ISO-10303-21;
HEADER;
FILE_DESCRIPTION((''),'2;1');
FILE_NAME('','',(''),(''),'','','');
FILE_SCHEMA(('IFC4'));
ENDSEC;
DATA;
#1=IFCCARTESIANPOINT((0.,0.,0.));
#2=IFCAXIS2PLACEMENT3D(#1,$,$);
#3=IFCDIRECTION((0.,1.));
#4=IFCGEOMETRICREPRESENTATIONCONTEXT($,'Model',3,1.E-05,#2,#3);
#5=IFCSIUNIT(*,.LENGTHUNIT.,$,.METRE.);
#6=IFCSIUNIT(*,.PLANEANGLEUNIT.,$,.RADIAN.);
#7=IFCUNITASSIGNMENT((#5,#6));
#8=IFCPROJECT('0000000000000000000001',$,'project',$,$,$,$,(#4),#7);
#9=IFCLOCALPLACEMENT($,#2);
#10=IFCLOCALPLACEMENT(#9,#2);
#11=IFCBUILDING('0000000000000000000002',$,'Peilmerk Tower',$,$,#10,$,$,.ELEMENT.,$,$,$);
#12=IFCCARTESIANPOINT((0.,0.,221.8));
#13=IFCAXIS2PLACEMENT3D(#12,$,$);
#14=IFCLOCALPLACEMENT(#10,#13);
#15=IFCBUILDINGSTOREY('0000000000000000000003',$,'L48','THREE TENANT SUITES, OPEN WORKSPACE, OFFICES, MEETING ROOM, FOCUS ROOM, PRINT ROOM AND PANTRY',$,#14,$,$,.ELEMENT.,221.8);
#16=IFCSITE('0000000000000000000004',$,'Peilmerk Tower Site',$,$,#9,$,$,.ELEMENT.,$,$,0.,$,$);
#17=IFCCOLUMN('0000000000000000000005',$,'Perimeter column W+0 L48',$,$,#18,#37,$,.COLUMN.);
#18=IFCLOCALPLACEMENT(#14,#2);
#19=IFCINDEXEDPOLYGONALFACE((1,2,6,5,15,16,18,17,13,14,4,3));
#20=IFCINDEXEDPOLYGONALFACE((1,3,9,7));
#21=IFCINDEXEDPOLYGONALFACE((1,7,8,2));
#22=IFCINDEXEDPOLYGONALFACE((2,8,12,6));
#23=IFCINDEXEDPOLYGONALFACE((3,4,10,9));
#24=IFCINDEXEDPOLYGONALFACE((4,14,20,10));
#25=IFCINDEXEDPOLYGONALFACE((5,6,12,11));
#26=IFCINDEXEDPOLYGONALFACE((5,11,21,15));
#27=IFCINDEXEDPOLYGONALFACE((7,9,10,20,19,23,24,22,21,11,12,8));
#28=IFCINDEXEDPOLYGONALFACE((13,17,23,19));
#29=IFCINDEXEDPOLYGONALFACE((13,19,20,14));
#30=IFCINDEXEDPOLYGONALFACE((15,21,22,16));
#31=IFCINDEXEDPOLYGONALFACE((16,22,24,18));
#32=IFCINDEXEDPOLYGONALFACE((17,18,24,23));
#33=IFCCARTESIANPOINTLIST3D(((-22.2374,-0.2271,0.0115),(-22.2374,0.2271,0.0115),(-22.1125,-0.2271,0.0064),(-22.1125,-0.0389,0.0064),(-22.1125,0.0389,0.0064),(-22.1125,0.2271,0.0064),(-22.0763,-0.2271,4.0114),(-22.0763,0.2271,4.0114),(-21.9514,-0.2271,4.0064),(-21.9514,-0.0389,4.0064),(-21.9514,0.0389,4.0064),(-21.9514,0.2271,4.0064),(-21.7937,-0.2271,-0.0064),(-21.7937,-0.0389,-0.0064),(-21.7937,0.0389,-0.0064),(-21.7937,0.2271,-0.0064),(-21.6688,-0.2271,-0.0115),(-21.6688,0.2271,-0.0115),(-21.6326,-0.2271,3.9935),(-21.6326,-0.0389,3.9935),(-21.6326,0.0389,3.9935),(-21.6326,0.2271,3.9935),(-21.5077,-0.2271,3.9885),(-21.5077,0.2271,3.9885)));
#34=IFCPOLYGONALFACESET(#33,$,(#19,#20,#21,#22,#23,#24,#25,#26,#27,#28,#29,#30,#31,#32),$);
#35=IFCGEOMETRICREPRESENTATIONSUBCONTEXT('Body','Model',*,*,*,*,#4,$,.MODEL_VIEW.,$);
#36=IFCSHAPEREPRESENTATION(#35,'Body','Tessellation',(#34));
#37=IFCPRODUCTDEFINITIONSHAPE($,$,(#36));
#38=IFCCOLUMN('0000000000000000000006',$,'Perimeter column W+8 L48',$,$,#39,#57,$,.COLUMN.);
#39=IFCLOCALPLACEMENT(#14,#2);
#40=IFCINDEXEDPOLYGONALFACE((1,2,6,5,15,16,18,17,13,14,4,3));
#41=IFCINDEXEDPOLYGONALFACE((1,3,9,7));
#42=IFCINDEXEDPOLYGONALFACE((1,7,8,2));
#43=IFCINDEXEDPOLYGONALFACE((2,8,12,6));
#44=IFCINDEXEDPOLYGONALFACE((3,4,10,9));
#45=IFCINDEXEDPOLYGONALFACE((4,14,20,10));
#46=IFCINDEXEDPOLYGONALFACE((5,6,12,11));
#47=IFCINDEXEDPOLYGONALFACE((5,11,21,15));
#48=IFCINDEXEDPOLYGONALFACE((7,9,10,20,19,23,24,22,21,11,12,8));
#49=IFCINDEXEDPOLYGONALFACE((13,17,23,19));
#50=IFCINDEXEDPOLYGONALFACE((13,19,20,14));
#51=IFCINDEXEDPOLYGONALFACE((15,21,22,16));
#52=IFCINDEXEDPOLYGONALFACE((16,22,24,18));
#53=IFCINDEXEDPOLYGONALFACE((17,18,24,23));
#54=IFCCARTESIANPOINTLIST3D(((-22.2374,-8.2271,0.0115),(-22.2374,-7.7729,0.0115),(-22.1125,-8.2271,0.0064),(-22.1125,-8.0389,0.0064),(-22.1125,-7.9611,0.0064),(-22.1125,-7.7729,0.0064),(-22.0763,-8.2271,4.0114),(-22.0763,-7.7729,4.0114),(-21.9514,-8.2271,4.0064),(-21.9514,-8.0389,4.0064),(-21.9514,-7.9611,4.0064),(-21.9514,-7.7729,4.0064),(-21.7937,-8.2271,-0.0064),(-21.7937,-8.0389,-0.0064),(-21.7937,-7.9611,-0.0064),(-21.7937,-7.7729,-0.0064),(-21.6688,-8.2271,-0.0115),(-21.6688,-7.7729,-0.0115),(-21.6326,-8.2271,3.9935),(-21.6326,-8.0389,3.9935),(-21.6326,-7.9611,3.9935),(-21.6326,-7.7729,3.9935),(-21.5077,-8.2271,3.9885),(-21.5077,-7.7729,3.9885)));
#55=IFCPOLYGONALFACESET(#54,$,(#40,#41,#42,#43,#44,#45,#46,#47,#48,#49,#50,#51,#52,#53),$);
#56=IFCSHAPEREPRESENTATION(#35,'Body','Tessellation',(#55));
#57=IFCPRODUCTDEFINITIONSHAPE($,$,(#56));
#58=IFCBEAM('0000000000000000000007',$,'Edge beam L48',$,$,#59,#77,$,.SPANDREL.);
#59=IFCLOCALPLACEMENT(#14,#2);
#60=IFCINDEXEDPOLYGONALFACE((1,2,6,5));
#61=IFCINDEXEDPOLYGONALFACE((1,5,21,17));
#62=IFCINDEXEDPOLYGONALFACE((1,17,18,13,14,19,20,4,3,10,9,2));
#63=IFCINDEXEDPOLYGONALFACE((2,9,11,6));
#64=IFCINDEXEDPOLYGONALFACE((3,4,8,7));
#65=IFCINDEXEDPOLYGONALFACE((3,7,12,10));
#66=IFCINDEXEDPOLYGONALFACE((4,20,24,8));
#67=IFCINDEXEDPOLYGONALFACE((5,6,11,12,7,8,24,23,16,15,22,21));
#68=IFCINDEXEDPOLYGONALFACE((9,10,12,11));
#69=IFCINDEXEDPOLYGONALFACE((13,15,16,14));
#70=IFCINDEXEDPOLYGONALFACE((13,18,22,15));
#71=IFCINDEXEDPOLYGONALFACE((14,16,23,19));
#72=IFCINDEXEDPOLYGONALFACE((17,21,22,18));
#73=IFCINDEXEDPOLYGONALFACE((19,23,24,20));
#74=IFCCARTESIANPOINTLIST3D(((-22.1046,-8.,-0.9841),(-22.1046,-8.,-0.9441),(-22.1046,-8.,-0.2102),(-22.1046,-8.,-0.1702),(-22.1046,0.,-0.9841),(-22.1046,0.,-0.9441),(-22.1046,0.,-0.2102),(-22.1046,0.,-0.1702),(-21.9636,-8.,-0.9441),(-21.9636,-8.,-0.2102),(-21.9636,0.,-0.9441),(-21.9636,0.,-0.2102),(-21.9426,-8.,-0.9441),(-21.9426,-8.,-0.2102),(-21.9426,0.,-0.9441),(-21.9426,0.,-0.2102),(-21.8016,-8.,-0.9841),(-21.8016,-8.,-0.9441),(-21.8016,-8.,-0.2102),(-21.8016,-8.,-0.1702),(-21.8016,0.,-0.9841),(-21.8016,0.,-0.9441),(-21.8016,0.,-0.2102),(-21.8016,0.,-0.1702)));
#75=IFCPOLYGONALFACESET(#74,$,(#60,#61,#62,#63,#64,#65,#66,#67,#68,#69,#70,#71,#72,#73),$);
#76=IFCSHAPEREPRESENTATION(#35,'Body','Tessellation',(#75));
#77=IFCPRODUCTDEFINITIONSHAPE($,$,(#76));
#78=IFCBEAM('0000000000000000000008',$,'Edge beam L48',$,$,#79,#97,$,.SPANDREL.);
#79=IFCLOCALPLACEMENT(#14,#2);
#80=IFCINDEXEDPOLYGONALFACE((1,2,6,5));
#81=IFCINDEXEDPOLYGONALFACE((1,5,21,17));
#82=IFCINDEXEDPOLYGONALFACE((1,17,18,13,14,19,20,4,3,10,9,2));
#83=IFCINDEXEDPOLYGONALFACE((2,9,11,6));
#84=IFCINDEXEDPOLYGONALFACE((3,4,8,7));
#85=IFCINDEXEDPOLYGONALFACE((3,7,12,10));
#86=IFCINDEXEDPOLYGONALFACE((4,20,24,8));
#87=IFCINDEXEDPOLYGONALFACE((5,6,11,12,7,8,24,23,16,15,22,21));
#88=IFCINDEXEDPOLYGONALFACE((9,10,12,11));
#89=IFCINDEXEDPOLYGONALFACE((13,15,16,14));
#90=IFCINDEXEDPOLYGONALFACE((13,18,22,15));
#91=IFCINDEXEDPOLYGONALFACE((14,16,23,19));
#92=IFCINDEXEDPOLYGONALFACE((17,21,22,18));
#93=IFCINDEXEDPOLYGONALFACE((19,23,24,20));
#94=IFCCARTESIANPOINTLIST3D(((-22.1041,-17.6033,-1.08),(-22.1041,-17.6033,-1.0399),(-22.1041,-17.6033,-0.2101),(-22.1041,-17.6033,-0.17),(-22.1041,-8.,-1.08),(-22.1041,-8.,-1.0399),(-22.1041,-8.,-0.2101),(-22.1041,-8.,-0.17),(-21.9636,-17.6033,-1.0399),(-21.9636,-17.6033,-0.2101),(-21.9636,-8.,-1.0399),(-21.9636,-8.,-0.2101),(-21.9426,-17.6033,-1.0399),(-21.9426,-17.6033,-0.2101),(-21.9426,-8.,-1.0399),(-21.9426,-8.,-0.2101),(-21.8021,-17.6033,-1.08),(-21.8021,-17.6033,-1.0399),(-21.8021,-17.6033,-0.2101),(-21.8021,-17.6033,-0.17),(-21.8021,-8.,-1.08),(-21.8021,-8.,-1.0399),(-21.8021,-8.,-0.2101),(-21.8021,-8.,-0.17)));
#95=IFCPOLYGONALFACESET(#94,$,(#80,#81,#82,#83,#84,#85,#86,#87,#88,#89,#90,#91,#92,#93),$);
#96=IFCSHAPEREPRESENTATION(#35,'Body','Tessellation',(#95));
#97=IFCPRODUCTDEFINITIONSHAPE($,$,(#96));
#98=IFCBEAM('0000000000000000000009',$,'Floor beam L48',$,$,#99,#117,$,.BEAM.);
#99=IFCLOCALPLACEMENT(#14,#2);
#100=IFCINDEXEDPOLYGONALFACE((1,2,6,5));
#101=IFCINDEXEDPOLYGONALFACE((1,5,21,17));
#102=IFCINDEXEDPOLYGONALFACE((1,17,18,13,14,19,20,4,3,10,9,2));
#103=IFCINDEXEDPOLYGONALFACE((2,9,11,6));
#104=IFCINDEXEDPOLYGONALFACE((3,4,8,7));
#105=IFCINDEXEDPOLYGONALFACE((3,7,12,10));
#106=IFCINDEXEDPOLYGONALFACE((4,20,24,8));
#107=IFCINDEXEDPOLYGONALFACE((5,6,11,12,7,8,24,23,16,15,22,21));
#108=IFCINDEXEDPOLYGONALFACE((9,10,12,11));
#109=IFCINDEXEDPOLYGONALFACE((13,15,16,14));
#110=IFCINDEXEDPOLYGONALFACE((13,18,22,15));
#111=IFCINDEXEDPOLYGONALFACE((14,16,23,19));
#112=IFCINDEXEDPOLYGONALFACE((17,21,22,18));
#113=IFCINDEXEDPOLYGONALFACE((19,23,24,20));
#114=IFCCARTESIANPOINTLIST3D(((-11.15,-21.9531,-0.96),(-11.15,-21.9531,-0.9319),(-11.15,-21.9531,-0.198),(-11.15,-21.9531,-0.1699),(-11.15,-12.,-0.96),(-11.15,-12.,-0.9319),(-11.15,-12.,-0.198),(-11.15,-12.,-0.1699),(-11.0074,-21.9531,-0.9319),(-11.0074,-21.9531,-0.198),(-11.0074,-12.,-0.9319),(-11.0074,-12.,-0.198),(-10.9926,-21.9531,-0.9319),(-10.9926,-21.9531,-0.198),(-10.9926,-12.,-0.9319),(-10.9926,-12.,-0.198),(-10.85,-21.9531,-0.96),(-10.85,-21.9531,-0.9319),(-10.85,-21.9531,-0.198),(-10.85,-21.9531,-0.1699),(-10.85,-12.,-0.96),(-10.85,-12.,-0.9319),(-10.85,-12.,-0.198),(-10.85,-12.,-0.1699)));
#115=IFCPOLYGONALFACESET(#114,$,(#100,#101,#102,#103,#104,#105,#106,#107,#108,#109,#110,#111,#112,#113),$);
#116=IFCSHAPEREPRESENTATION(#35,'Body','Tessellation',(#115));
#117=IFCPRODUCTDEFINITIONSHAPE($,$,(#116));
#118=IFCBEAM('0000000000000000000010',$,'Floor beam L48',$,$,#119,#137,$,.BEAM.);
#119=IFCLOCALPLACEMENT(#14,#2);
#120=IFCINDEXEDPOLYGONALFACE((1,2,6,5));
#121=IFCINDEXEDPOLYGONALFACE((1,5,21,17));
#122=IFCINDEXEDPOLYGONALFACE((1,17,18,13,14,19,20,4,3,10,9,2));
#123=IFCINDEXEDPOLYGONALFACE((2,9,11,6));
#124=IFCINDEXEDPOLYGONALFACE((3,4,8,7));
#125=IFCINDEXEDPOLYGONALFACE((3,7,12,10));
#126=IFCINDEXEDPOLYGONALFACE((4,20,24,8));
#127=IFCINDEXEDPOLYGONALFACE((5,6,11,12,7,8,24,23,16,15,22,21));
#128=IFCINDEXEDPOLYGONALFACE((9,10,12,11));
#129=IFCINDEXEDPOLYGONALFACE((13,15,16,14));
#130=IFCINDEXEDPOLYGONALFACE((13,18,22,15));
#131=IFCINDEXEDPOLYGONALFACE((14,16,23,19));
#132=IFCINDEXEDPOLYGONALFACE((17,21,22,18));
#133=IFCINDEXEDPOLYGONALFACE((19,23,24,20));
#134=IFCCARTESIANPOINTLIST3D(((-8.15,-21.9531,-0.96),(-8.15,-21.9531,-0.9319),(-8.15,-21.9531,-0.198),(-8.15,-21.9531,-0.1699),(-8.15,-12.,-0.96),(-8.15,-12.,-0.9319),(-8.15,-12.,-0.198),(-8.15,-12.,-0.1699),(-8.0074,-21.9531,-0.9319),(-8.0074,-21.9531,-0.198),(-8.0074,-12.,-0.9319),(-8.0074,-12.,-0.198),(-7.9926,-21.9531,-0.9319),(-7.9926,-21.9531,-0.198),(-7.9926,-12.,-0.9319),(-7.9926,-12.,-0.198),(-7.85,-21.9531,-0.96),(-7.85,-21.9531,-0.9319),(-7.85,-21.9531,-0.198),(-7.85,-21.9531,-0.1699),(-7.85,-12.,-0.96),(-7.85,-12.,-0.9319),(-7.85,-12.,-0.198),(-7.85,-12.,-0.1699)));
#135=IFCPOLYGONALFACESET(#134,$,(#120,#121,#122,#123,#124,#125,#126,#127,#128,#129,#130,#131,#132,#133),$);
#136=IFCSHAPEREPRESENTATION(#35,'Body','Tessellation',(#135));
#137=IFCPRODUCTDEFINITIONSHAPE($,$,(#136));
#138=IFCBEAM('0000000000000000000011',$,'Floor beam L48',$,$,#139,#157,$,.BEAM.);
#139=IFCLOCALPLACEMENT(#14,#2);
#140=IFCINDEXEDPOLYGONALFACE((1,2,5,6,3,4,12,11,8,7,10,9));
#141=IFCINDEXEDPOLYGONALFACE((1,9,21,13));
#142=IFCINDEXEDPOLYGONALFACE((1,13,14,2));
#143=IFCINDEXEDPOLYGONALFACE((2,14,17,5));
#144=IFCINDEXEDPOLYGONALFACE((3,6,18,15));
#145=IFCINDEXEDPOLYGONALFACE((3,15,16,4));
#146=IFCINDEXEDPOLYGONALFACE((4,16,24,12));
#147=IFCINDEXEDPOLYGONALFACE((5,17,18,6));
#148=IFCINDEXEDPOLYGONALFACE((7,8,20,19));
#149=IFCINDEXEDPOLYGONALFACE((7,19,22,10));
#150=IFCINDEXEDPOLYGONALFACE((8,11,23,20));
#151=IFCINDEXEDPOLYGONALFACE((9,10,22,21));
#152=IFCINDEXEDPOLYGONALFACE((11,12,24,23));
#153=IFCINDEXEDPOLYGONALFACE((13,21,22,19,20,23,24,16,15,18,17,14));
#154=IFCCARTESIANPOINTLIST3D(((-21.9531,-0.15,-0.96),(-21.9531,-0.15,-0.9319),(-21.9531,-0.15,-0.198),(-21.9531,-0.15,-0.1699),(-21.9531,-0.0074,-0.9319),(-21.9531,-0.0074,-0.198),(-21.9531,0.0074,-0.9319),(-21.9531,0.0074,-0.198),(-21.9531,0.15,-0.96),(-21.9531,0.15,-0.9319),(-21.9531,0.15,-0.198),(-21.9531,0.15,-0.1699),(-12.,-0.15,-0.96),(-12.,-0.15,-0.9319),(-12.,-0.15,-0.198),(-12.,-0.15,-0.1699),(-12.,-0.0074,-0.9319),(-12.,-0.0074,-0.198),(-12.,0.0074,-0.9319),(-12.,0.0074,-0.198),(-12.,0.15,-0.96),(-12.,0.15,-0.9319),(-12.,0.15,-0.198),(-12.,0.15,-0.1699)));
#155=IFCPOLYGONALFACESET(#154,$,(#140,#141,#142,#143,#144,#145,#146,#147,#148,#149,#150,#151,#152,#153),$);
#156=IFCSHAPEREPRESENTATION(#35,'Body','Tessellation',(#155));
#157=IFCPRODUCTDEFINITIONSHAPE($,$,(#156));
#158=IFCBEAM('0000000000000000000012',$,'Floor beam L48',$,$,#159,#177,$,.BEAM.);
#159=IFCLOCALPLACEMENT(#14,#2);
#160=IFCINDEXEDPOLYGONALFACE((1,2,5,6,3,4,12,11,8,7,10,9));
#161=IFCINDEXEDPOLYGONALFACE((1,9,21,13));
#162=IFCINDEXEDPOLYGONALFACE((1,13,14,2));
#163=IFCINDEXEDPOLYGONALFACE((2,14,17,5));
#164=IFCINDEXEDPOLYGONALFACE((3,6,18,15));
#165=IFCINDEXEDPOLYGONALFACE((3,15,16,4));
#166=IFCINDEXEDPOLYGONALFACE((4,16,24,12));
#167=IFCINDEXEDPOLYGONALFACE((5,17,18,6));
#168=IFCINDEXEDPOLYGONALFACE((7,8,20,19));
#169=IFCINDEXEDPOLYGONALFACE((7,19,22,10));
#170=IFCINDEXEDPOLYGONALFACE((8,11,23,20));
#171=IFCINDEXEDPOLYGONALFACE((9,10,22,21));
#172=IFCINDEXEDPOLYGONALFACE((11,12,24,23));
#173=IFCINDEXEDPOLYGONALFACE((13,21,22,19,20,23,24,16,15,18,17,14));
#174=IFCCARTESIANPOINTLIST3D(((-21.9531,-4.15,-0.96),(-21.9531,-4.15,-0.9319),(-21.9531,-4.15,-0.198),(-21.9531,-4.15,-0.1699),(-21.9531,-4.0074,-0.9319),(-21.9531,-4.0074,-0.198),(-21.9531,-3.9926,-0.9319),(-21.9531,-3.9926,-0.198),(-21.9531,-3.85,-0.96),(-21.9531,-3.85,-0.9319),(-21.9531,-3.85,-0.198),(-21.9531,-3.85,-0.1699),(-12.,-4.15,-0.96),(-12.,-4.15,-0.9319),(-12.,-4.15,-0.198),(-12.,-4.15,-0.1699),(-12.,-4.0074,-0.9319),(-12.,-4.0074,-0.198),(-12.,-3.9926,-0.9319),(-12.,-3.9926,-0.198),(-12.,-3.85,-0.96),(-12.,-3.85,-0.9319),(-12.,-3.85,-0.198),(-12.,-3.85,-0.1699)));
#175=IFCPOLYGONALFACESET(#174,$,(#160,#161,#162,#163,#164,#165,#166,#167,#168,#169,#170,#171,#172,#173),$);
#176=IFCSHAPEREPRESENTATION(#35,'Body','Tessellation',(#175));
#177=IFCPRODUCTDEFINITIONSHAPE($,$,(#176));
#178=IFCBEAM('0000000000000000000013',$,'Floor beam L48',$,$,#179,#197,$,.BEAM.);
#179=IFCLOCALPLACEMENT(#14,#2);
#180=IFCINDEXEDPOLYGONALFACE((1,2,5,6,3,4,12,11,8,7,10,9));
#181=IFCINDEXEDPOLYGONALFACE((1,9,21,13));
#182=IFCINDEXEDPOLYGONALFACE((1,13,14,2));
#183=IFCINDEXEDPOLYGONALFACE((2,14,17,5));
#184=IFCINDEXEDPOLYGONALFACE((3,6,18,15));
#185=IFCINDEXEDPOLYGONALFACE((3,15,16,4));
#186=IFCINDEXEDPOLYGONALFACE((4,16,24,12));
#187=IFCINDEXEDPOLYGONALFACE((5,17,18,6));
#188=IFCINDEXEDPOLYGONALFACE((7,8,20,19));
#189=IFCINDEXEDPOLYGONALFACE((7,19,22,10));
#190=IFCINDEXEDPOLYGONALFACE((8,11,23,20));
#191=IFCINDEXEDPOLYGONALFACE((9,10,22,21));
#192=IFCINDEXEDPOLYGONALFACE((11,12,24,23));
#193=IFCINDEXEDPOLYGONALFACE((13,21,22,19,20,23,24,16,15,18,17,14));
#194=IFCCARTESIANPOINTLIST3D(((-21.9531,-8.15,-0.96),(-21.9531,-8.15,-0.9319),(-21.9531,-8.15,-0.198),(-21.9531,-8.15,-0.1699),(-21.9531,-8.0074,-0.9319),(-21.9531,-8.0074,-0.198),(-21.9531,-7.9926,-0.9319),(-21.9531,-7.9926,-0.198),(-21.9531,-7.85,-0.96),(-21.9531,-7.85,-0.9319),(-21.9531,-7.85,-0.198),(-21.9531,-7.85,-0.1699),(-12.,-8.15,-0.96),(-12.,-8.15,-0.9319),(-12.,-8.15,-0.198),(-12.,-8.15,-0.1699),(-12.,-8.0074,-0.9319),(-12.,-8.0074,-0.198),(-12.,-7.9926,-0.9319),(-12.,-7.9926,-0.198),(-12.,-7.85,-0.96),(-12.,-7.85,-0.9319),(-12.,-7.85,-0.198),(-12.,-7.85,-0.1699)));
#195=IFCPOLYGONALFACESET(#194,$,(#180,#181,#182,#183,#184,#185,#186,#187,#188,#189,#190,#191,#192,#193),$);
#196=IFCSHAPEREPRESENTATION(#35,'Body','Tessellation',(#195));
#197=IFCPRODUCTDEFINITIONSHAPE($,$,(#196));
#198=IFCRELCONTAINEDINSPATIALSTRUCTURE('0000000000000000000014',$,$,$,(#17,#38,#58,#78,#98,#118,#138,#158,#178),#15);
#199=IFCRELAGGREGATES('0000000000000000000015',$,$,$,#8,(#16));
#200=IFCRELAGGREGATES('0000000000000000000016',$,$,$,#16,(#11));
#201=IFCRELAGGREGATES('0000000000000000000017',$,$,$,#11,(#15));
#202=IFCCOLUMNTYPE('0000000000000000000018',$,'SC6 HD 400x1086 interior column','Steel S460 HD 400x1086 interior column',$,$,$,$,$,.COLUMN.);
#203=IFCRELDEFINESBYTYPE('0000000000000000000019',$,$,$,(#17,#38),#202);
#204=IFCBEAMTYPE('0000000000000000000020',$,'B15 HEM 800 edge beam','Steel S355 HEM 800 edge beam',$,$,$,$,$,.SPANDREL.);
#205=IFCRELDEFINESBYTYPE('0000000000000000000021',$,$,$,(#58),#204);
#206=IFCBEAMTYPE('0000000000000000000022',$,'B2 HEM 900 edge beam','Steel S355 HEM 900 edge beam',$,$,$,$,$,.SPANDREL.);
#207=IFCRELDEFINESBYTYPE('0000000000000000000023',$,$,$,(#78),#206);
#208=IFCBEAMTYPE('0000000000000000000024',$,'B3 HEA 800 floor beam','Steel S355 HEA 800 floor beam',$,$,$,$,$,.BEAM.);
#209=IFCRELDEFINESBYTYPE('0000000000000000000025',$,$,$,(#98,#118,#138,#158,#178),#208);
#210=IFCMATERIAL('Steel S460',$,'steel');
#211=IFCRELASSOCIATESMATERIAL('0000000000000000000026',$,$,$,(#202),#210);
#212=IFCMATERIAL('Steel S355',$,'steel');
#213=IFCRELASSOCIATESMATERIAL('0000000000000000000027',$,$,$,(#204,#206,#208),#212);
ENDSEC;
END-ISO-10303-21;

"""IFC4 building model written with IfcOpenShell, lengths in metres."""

from ifc_helpers import new_model, si_unit, direction, frame, origin, origin_2d, place, context, subcontext, project, spatial, i_section, extrude, material, material_profile, profile_set, type_object, element, save


model = new_model("IFC4")

# Units and contexts
model_context = context("Model", 3, precision=1e-05, world=origin(), true_north=direction((0.0, 1.0)))
body_context = subcontext(model_context, "Body", "Model", "MODEL_VIEW")
ifc_project = project(units=[si_unit("LENGTHUNIT", "METRE"), si_unit("PLANEANGLEUNIT", "RADIAN")], contexts=[model_context])

# Site, building, storey
site_placement = place(None, origin())
site = spatial("IfcSite", under=ifc_project, at=site_placement, Name="Peilmerk Tower Site", CompositionType="ELEMENT", RefElevation=0.0)
building_placement = place(site_placement, origin())
building = spatial("IfcBuilding", under=site, at=building_placement, Name="Peilmerk Tower", CompositionType="ELEMENT")
storey_placement = place(building_placement, frame((0.0, 0.0, 221.8)))
storey = spatial("IfcBuildingStorey", under=building, at=storey_placement, Name="L48", Description="THREE TENANT SUITES, OPEN WORKSPACE, OFFICES, MEETING ROOM, FOCUS ROOM, PRINT ROOM AND PANTRY", CompositionType="ELEMENT", Elevation=221.8)

# Columns
ifc_material_1 = material(Name="Steel S460", Category="steel")
ifc_material_profile_1 = material_profile(ifc_material_1, i_section(OverallWidth=0.4541, OverallDepth=0.5691, WebThickness=0.0779, FlangeThickness=0.125, at=origin_2d()), Name="HD 400x1086")
ifc_profile_set_1 = profile_set([ifc_material_profile_1], Name="Steel S460")
column_type = type_object("IfcColumnType", Name="SC6 HD 400x1086 interior column", Description="Steel S460 HD 400x1086 interior column", PredefinedType="COLUMN", material=ifc_profile_set_1)
for number, where, z_axis, x_axis, name in (
    (1, (-21.9531, 0.0, 0.0), (0.040251, 0.0, 0.99919), (0.0, 1.0, 0.0), "Perimeter column W+0 L48"),
    (2, (-21.9531, -8.0, 0.0), (0.040251, 0.0, 0.99919), (0.0, 1.0, 0.0), "Perimeter column W+8 L48"),
):
    element("IfcColumn", number, at=place(storey_placement, frame(where, z_axis=z_axis, x_axis=x_axis)), inside=storey, type_object=column_type, Name=name, PredefinedType="COLUMN", context=body_context, shape_type="SweptSolid", body=[
        extrude(i_section(OverallWidth=0.4541, OverallDepth=0.5691, WebThickness=0.0779, FlangeThickness=0.125, at=origin_2d()), origin(), (0.0, 0.0, 1.0), 4.0032),
    ])

# Beams
ifc_material_2 = material(Name="Steel S355", Category="steel")
ifc_material_profile_2 = material_profile(ifc_material_2, i_section(OverallWidth=0.303, OverallDepth=0.814, WebThickness=0.021, FlangeThickness=0.04, at=origin_2d()), Name="HEM 800")
ifc_profile_set_2 = profile_set([ifc_material_profile_2], Name="Steel S355")
beam_type_1 = type_object("IfcBeamType", Name="B15 HEM 800 edge beam", Description="Steel S355 HEM 800 edge beam", PredefinedType="SPANDREL", material=ifc_profile_set_2)
beam_1_placement = place(storey_placement, frame((-21.9531, 0.0, -0.5771), z_axis=(0.0, -1.0, 0.0), x_axis=(1.0, 0.0, 0.0)))
element("IfcBeam", 3, at=beam_1_placement, inside=storey, type_object=beam_type_1, Name="Edge beam L48", PredefinedType="SPANDREL", context=body_context, shape_type="SweptSolid", body=[
    extrude(i_section(OverallWidth=0.303, OverallDepth=0.814, WebThickness=0.021, FlangeThickness=0.04, at=origin_2d()), origin(), (0.0, 0.0, 1.0), 8.0),
])
ifc_material_profile_3 = material_profile(ifc_material_2, i_section(OverallWidth=0.302, OverallDepth=0.9099, WebThickness=0.021, FlangeThickness=0.04, at=origin_2d()), Name="HEM 900")
ifc_profile_set_3 = profile_set([ifc_material_profile_3], Name="Steel S355")
beam_type_2 = type_object("IfcBeamType", Name="B2 HEM 900 edge beam", Description="Steel S355 HEM 900 edge beam", PredefinedType="SPANDREL", material=ifc_profile_set_3)
beam_2_placement = place(storey_placement, frame((-21.9531, -8.0, -0.625), z_axis=(0.0, -1.0, 0.0), x_axis=(1.0, 0.0, 0.0)))
element("IfcBeam", 4, at=beam_2_placement, inside=storey, type_object=beam_type_2, Name="Edge beam L48", PredefinedType="SPANDREL", context=body_context, shape_type="SweptSolid", body=[
    extrude(i_section(OverallWidth=0.302, OverallDepth=0.9099, WebThickness=0.021, FlangeThickness=0.04, at=origin_2d()), origin(), (0.0, 0.0, 1.0), 9.6033),
])
ifc_material_profile_4 = material_profile(ifc_material_2, i_section(OverallWidth=0.3, OverallDepth=0.79, WebThickness=0.0149, FlangeThickness=0.0281, at=origin_2d()), Name="HEA 800")
ifc_profile_set_4 = profile_set([ifc_material_profile_4], Name="Steel S355")
beam_type_3 = type_object("IfcBeamType", Name="B3 HEA 800 floor beam", Description="Steel S355 HEA 800 floor beam", PredefinedType="BEAM", material=ifc_profile_set_4)
for number, where, z_axis, x_axis, name in (
    (5, (-11.0, -12.0, -0.5649), (0.0, -1.0, 0.0), (1.0, 0.0, 0.0), "Floor beam L48"),
    (6, (-8.0, -12.0, -0.5649), (0.0, -1.0, 0.0), (1.0, 0.0, 0.0), "Floor beam L48"),
    (7, (-12.0, 0.0, -0.5649), (-1.0, 0.0, 0.0), (0.0, -1.0, 0.0), "Floor beam L48"),
    (8, (-12.0, -4.0, -0.5649), (-1.0, 0.0, 0.0), (0.0, -1.0, 0.0), "Floor beam L48"),
    (9, (-12.0, -8.0, -0.5649), (-1.0, 0.0, 0.0), (0.0, -1.0, 0.0), "Floor beam L48"),
):
    element("IfcBeam", number, at=place(storey_placement, frame(where, z_axis=z_axis, x_axis=x_axis)), inside=storey, type_object=beam_type_3, Name=name, PredefinedType="BEAM", context=body_context, shape_type="SweptSolid", body=[
        extrude(i_section(OverallWidth=0.3, OverallDepth=0.79, WebThickness=0.0149, FlangeThickness=0.0281, at=origin_2d()), origin(), (0.0, 0.0, 1.0), 9.9531),
    ])

save(model, "model.ifc")
